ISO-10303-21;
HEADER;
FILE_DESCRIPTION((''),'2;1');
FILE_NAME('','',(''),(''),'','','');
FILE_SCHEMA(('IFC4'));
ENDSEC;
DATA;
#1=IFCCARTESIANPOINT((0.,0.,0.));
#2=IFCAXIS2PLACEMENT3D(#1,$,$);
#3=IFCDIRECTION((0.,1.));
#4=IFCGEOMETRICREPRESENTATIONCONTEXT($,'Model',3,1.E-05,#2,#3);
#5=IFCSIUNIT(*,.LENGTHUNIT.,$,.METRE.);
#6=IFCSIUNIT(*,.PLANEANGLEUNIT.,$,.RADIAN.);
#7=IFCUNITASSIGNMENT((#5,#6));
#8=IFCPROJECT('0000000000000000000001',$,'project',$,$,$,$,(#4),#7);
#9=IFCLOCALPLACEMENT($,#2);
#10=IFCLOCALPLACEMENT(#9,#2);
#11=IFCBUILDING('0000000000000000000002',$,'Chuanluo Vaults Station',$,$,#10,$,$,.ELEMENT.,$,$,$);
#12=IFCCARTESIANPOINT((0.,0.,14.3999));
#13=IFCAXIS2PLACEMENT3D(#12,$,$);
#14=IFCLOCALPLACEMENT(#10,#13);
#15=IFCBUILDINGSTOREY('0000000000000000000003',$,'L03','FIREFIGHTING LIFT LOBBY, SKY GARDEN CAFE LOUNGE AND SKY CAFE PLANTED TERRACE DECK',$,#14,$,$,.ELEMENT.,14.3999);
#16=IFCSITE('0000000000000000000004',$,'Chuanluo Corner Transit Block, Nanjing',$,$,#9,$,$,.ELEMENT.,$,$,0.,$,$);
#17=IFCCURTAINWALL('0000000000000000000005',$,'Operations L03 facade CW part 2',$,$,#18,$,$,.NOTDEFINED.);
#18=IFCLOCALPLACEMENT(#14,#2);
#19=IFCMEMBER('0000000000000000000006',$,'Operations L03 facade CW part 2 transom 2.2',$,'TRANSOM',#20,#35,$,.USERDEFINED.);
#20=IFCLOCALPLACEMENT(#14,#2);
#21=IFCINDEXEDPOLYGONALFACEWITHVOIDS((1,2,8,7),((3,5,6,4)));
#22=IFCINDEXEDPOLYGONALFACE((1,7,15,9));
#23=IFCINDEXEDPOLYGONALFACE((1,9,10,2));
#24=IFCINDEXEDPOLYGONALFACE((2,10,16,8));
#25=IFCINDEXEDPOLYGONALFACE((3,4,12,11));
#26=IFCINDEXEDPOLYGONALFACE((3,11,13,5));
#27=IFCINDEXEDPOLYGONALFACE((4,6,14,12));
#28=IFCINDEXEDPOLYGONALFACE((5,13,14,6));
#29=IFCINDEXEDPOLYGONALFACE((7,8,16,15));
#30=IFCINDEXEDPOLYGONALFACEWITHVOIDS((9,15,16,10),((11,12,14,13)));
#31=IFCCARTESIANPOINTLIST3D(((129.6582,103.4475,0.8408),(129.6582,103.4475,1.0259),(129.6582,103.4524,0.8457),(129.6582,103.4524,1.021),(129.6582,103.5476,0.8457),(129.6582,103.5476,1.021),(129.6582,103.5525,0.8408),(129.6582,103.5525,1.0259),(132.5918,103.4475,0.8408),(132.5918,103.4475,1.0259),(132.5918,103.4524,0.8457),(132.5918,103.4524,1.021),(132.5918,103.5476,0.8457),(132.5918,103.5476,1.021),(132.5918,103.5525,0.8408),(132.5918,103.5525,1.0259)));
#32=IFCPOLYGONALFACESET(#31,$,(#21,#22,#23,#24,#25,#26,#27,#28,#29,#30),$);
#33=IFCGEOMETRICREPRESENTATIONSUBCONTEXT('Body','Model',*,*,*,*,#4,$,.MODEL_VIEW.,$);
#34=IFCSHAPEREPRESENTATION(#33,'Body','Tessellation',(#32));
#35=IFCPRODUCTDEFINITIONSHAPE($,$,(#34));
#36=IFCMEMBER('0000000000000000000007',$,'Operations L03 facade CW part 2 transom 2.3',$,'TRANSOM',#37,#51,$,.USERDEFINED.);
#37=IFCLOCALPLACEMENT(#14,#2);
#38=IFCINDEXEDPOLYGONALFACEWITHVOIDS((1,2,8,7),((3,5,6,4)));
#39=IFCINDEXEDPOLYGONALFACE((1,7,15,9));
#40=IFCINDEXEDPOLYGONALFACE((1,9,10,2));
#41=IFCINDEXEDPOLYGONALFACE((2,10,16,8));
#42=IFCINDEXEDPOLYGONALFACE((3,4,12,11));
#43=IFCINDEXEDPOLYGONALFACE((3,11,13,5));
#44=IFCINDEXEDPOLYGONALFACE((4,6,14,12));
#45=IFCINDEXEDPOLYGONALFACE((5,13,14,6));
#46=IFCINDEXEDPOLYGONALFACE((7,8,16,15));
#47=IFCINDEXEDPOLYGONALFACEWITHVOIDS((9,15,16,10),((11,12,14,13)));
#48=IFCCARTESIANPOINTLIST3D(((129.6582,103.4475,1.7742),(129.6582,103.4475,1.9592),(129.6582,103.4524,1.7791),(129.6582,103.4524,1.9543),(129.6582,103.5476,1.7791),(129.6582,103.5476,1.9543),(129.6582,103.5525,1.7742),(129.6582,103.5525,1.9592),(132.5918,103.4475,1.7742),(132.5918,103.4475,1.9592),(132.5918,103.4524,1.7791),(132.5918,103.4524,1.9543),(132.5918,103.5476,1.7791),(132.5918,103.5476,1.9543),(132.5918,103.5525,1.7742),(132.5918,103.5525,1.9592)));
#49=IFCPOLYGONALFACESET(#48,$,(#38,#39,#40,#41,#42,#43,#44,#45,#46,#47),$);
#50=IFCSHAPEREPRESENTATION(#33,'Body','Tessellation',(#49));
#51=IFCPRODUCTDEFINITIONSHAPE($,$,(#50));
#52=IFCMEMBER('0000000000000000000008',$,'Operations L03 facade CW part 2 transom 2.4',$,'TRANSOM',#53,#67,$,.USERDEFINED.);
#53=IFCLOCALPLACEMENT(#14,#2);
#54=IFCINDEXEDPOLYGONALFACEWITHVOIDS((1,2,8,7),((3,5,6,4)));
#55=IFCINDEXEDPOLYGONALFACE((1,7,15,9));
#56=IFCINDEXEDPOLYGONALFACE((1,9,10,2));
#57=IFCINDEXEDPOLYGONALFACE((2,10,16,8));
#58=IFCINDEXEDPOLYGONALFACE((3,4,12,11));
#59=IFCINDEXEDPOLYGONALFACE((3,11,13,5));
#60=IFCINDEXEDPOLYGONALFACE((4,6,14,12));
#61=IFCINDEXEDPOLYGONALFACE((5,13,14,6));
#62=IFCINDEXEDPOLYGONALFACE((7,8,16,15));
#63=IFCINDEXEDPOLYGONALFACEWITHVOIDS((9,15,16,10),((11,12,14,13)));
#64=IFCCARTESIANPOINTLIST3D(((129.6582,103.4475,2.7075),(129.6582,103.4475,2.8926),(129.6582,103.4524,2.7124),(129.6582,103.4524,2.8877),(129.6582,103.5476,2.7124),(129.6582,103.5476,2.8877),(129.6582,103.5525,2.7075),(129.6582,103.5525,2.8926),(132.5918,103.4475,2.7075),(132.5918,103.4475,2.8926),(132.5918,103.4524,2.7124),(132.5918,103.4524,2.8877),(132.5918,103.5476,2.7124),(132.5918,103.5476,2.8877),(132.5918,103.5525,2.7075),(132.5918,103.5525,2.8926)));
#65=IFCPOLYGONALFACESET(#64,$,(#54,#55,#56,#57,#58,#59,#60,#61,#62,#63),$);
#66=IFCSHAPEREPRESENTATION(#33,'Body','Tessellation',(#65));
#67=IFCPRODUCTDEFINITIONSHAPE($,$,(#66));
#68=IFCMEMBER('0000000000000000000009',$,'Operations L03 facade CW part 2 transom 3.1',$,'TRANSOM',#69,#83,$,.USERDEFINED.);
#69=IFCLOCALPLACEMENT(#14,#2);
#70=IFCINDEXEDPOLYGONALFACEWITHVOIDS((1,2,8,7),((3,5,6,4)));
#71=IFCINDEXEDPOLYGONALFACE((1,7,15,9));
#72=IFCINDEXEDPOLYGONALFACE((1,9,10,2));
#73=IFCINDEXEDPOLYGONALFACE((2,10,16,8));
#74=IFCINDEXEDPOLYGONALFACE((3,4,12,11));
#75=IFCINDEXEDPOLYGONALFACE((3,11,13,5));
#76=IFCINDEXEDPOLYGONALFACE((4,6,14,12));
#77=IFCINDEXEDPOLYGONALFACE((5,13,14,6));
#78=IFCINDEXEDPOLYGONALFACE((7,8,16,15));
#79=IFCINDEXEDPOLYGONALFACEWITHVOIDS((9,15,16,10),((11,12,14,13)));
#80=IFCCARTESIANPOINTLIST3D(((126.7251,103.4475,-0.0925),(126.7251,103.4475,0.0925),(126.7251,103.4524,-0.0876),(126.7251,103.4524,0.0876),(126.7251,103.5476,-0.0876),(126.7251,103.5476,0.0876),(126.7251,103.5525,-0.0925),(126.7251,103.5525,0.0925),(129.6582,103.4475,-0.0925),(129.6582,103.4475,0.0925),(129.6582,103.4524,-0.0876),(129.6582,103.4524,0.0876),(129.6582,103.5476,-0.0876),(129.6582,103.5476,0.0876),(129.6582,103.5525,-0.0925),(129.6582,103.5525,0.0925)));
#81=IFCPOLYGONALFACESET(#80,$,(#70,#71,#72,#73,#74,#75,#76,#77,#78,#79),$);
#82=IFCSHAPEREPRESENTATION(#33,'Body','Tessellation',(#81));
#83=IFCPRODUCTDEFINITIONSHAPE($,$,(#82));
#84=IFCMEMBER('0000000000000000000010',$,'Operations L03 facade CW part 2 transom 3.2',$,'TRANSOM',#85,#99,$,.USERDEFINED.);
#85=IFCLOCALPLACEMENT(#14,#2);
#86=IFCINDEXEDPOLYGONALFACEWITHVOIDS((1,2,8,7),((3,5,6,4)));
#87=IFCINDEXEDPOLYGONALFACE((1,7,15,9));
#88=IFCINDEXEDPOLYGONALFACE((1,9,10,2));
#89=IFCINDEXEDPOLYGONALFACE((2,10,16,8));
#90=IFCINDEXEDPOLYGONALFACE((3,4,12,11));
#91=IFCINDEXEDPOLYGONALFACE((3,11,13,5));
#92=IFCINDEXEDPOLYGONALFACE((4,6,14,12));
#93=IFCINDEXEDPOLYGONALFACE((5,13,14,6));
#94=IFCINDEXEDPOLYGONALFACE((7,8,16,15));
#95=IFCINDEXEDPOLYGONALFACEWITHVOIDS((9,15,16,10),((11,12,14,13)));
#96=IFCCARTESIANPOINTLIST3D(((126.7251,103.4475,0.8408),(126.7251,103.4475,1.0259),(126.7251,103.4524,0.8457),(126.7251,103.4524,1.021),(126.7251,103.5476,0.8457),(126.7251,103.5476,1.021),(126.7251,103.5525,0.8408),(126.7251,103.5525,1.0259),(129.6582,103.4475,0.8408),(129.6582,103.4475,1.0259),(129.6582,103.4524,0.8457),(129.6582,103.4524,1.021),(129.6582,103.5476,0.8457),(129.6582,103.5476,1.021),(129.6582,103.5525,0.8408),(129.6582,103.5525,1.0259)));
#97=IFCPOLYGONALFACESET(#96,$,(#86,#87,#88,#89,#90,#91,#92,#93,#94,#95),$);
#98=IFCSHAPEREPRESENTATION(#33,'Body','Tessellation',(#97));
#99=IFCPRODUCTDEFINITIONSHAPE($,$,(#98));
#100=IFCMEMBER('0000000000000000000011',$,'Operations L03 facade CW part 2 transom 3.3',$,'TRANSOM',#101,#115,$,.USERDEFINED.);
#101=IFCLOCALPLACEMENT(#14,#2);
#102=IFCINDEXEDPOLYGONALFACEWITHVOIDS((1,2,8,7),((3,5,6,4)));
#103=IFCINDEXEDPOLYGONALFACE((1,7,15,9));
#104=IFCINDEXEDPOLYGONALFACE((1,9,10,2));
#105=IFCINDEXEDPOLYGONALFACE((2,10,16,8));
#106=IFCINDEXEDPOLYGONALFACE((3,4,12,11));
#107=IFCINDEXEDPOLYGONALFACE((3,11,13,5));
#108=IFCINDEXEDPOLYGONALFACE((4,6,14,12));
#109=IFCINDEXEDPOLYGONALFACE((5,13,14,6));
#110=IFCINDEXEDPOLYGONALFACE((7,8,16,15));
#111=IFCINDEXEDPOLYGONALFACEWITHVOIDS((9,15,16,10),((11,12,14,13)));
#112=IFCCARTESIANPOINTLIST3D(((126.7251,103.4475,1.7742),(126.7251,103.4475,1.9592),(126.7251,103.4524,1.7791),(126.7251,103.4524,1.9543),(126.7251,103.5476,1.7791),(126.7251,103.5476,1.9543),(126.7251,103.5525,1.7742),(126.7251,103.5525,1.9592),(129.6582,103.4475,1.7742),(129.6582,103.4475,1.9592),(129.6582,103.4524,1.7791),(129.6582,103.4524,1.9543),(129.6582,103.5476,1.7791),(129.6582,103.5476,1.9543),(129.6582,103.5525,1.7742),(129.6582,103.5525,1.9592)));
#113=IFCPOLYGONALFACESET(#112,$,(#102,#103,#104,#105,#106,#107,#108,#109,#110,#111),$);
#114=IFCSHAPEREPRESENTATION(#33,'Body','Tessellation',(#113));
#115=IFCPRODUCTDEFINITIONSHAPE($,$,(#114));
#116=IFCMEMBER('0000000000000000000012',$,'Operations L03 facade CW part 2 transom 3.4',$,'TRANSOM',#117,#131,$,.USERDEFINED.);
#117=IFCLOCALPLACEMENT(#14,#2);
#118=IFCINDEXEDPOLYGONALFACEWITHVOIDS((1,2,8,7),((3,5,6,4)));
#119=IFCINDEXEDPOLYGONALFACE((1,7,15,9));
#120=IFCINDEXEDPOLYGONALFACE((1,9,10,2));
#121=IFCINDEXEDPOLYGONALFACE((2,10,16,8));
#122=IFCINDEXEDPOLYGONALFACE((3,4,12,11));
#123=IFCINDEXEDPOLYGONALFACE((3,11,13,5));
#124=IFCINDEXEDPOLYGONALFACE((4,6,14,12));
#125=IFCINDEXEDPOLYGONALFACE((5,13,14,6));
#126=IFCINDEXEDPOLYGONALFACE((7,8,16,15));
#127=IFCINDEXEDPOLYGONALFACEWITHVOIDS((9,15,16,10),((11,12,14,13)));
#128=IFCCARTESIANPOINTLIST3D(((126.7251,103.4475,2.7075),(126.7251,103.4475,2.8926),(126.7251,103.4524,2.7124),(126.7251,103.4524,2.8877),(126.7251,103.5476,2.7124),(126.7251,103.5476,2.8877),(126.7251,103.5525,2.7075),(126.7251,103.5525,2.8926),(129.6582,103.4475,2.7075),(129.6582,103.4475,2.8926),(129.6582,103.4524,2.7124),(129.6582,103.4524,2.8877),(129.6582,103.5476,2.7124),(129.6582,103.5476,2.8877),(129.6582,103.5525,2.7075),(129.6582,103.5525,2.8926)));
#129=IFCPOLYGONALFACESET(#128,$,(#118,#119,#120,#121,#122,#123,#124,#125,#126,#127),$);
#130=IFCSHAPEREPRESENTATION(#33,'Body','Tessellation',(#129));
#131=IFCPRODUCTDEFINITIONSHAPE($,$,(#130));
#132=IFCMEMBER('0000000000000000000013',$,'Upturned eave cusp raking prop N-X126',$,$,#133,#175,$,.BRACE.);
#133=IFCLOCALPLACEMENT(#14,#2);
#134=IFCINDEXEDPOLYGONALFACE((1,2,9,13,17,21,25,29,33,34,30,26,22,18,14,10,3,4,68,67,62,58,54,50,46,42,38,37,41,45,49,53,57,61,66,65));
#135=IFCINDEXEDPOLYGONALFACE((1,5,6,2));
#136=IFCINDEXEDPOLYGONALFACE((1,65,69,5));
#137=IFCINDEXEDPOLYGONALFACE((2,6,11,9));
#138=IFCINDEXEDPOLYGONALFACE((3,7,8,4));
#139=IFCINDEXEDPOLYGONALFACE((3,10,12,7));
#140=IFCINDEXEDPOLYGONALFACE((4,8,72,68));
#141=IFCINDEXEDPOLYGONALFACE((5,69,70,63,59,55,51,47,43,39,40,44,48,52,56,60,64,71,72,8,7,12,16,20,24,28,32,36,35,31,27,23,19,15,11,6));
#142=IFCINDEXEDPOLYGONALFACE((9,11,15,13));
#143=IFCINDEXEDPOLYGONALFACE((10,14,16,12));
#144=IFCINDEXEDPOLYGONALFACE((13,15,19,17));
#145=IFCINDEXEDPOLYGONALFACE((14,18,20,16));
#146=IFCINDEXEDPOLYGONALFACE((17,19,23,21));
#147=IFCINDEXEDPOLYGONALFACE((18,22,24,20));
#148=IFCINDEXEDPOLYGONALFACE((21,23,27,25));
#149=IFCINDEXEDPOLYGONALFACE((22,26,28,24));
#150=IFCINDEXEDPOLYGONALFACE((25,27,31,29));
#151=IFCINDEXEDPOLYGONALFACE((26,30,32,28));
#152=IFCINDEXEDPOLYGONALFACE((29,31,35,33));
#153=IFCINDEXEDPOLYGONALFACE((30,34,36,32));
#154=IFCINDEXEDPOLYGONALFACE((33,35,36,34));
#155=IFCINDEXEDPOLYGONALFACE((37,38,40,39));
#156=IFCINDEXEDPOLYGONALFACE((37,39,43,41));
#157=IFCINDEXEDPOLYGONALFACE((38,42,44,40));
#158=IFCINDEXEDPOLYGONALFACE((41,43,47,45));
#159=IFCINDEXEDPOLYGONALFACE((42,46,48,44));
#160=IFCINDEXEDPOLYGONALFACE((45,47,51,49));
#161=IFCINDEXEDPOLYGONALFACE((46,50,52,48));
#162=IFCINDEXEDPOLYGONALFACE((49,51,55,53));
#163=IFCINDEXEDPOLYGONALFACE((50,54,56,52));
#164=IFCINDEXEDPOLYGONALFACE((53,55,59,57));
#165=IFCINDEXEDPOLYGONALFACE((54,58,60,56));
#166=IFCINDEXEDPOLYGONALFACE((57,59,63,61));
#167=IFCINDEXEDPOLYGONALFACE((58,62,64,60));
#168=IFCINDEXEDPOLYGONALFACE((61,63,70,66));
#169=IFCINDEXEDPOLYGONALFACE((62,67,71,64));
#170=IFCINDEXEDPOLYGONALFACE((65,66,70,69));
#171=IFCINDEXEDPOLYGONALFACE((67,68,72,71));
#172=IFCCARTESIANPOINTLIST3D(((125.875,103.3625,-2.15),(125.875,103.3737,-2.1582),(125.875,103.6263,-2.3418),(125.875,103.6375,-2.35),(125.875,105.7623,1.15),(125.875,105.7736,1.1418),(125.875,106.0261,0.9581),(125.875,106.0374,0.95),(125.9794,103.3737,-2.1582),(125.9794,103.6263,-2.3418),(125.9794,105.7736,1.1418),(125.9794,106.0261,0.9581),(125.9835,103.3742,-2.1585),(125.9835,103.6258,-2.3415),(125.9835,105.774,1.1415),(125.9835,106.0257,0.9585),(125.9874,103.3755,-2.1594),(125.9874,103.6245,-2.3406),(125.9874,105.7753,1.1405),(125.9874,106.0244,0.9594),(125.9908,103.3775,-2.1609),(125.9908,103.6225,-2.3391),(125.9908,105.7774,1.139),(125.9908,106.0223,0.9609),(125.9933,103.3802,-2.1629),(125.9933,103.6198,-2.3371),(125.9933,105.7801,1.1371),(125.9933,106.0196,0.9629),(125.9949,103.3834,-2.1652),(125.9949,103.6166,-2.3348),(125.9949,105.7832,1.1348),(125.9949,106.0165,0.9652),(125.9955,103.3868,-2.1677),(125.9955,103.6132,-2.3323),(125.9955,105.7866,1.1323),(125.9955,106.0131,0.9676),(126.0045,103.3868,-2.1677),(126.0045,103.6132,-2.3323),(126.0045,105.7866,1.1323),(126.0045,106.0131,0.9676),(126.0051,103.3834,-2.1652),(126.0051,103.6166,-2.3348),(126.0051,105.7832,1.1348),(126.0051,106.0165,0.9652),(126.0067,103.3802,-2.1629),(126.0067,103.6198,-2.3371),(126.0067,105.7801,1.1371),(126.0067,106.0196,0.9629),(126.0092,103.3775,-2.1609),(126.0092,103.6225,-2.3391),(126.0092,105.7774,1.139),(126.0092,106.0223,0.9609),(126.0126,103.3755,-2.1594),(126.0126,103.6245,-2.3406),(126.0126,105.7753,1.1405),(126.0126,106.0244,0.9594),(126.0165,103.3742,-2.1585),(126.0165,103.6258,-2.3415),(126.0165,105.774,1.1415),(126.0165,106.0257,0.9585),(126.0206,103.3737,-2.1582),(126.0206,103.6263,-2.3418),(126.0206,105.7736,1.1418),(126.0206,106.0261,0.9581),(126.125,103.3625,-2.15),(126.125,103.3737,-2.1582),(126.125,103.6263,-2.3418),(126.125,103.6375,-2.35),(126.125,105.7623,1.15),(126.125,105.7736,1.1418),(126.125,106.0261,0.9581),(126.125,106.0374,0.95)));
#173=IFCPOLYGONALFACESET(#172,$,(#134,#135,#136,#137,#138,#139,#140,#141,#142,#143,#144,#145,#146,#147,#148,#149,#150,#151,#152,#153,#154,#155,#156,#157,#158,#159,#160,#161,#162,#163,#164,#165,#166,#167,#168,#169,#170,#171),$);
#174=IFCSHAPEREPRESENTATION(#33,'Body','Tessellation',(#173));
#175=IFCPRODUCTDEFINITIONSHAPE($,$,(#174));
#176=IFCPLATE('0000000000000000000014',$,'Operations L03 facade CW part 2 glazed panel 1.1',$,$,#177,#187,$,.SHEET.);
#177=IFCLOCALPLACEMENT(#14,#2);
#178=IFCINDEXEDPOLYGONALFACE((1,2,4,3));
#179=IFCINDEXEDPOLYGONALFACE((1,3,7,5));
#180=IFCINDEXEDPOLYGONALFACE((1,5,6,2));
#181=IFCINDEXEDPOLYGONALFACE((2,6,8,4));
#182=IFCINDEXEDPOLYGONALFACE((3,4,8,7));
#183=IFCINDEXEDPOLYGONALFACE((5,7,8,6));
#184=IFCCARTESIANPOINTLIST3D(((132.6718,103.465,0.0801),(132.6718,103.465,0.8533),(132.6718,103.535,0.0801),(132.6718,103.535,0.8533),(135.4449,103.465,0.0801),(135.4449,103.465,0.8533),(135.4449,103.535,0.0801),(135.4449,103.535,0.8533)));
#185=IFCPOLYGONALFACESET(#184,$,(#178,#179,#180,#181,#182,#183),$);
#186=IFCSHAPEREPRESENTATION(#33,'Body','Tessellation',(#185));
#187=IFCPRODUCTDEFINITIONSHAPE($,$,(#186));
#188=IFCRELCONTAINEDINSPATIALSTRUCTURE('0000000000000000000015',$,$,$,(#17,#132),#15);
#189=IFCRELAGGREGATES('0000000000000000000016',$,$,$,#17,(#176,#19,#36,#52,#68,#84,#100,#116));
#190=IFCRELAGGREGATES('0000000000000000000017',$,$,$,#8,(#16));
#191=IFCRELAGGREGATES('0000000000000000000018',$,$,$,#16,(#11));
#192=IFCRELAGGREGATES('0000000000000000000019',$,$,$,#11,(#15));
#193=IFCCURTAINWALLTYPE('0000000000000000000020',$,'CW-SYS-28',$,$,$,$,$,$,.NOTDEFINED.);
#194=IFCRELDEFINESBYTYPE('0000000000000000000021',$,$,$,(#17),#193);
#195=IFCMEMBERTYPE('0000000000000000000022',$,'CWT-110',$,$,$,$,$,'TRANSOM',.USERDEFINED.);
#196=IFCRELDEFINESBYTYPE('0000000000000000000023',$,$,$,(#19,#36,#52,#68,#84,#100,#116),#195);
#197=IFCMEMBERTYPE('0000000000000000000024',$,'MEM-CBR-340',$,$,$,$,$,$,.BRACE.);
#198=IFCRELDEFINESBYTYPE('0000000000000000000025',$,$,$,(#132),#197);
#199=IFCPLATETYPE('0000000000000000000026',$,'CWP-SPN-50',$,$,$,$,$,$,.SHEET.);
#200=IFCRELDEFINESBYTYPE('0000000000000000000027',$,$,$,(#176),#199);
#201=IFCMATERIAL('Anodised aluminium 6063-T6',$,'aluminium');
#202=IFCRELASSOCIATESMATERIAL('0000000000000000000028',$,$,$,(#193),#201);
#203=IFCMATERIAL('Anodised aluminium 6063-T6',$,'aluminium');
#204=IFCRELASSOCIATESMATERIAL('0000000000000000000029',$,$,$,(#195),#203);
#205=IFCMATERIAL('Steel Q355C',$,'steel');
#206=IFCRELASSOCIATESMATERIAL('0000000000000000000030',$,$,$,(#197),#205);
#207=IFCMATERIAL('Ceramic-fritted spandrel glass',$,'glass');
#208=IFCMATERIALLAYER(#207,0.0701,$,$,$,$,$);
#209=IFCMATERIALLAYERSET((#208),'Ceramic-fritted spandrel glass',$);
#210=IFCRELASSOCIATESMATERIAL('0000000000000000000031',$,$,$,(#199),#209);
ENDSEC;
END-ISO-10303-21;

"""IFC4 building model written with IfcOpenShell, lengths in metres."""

from ifc_helpers import new_model, si_unit, direction, frame, origin, origin_2d, place, context, subcontext, project, spatial, rectangle, hollow_rectangle, i_section, extrude, material, layer, layer_set, material_profile, profile_set, type_object, element, aggregate, save


model = new_model("IFC4")

# Units and contexts
model_context = context("Model", 3, precision=1e-05, world=origin(), true_north=direction((0.0, 1.0)))
body_context = subcontext(model_context, "Body", "Model", "MODEL_VIEW")
ifc_project = project(units=[si_unit("LENGTHUNIT", "METRE"), si_unit("PLANEANGLEUNIT", "RADIAN")], contexts=[model_context])

# Site, building, storey
site_placement = place(None, origin())
site = spatial("IfcSite", under=ifc_project, at=site_placement, Name="Chuanluo Corner Transit Block, Nanjing", CompositionType="ELEMENT", RefElevation=0.0)
building_placement = place(site_placement, origin())
building = spatial("IfcBuilding", under=site, at=building_placement, Name="Chuanluo Vaults Station", CompositionType="ELEMENT")
storey_placement = place(building_placement, frame((0.0, 0.0, 14.3999)))
storey = spatial("IfcBuildingStorey", under=building, at=storey_placement, Name="L03", Description="FIREFIGHTING LIFT LOBBY, SKY GARDEN CAFE LOUNGE AND SKY CAFE PLANTED TERRACE DECK", CompositionType="ELEMENT", Elevation=14.3999)

# Curtain wall, members
ifc_material_1 = material(Name="Anodised aluminium 6063-T6", Category="aluminium")
curtain_wall_type = type_object("IfcCurtainWallType", Name="CW-SYS-28", PredefinedType="NOTDEFINED", material=ifc_material_1)
curtain_wall_placement = place(storey_placement, origin())
curtain_wall = element("IfcCurtainWall", 1, at=curtain_wall_placement, inside=storey, type_object=curtain_wall_type, Name="Operations L03 facade CW part 2", PredefinedType="NOTDEFINED")
ifc_material_2 = material(Name="Anodised aluminium 6063-T6", Category="aluminium")
ifc_material_profile_1 = material_profile(ifc_material_2, hollow_rectangle(XDim=0.105, YDim=0.1851, WallThickness=0.0049, at=origin_2d()))
ifc_profile_set_1 = profile_set([ifc_material_profile_1], Name="Anodised aluminium 6063-T6")
member_type_1 = type_object("IfcMemberType", Name="CWT-110", ElementType="TRANSOM", PredefinedType="USERDEFINED", material=ifc_profile_set_1)
member_1_placement = place(storey_placement, frame((132.5918, 103.5, 0.9333), z_axis=(-1.0, 0.0, 0.0), x_axis=(0.0, -1.0, 0.0)))
member_1 = element("IfcMember", 2, at=member_1_placement, type_object=member_type_1, Name="Operations L03 facade CW part 2 transom 2.2", ObjectType="TRANSOM", PredefinedType="USERDEFINED", context=body_context, shape_type="SweptSolid", body=[
    extrude(hollow_rectangle(XDim=0.105, YDim=0.1851, WallThickness=0.0049, at=origin_2d()), origin(), (0.0, 0.0, 1.0), 2.9336),
])
member_2_placement = place(storey_placement, frame((132.5918, 103.5, 1.8667), z_axis=(-1.0, 0.0, 0.0), x_axis=(0.0, -1.0, 0.0)))
member_2 = element("IfcMember", 3, at=member_2_placement, type_object=member_type_1, Name="Operations L03 facade CW part 2 transom 2.3", ObjectType="TRANSOM", PredefinedType="USERDEFINED", context=body_context, shape_type="SweptSolid", body=[
    extrude(hollow_rectangle(XDim=0.105, YDim=0.1851, WallThickness=0.0049, at=origin_2d()), origin(), (0.0, 0.0, 1.0), 2.9336),
])
member_3_placement = place(storey_placement, frame((132.5918, 103.5, 2.8), z_axis=(-1.0, 0.0, 0.0), x_axis=(0.0, -1.0, 0.0)))
member_3 = element("IfcMember", 4, at=member_3_placement, type_object=member_type_1, Name="Operations L03 facade CW part 2 transom 2.4", ObjectType="TRANSOM", PredefinedType="USERDEFINED", context=body_context, shape_type="SweptSolid", body=[
    extrude(hollow_rectangle(XDim=0.105, YDim=0.1851, WallThickness=0.0049, at=origin_2d()), origin(), (0.0, 0.0, 1.0), 2.9336),
])
member_4_placement = place(storey_placement, frame((129.6582, 103.5, 0.0), z_axis=(-1.0, 0.0, 0.0), x_axis=(0.0, -1.0, 0.0)))
member_4 = element("IfcMember", 5, at=member_4_placement, type_object=member_type_1, Name="Operations L03 facade CW part 2 transom 3.1", ObjectType="TRANSOM", PredefinedType="USERDEFINED", context=body_context, shape_type="SweptSolid", body=[
    extrude(hollow_rectangle(XDim=0.105, YDim=0.1851, WallThickness=0.0049, at=origin_2d()), origin(), (0.0, 0.0, 1.0), 2.9331),
])
member_5_placement = place(storey_placement, frame((129.6582, 103.5, 0.9333), z_axis=(-1.0, 0.0, 0.0), x_axis=(0.0, -1.0, 0.0)))
member_5 = element("IfcMember", 6, at=member_5_placement, type_object=member_type_1, Name="Operations L03 facade CW part 2 transom 3.2", ObjectType="TRANSOM", PredefinedType="USERDEFINED", context=body_context, shape_type="SweptSolid", body=[
    extrude(hollow_rectangle(XDim=0.105, YDim=0.1851, WallThickness=0.0049, at=origin_2d()), origin(), (0.0, 0.0, 1.0), 2.9331),
])
member_6_placement = place(storey_placement, frame((129.6582, 103.5, 1.8667), z_axis=(-1.0, 0.0, 0.0), x_axis=(0.0, -1.0, 0.0)))
member_6 = element("IfcMember", 7, at=member_6_placement, type_object=member_type_1, Name="Operations L03 facade CW part 2 transom 3.3", ObjectType="TRANSOM", PredefinedType="USERDEFINED", context=body_context, shape_type="SweptSolid", body=[
    extrude(hollow_rectangle(XDim=0.105, YDim=0.1851, WallThickness=0.0049, at=origin_2d()), origin(), (0.0, 0.0, 1.0), 2.9331),
])
member_7_placement = place(storey_placement, frame((129.6582, 103.5, 2.8), z_axis=(-1.0, 0.0, 0.0), x_axis=(0.0, -1.0, 0.0)))
member_7 = element("IfcMember", 8, at=member_7_placement, type_object=member_type_1, Name="Operations L03 facade CW part 2 transom 3.4", ObjectType="TRANSOM", PredefinedType="USERDEFINED", context=body_context, shape_type="SweptSolid", body=[
    extrude(hollow_rectangle(XDim=0.105, YDim=0.1851, WallThickness=0.0049, at=origin_2d()), origin(), (0.0, 0.0, 1.0), 2.9331),
])

# Member
ifc_material_3 = material(Name="Steel Q355C", Category="steel")
ifc_material_profile_2 = material_profile(ifc_material_3, i_section(OverallWidth=0.25, OverallDepth=0.3401, WebThickness=0.009, FlangeThickness=0.0139, FilletRadius=0.0161, at=origin_2d()))
ifc_profile_set_2 = profile_set([ifc_material_profile_2], Name="Steel Q355C")
member_type_2 = type_object("IfcMemberType", Name="MEM-CBR-340", PredefinedType="BRACE", material=ifc_profile_set_2)
member_8_placement = place(storey_placement, frame((126.0, 103.5, -2.25), z_axis=(0.0, 0.58815, 0.808752), x_axis=(-1.0, 0.0, 0.0)))
element("IfcMember", 9, at=member_8_placement, inside=storey, type_object=member_type_2, Name="Upturned eave cusp raking prop N-X126", PredefinedType="BRACE", context=body_context, shape_type="SweptSolid", body=[
    extrude(i_section(OverallWidth=0.25, OverallDepth=0.3401, WebThickness=0.009, FlangeThickness=0.0139, FilletRadius=0.0161, at=origin_2d()), origin(), (0.0, 0.0, 1.0), 4.0803),
])

# Plate
ifc_material_4 = material(Name="Ceramic-fritted spandrel glass", Category="glass")
ifc_layer_1 = layer(ifc_material_4, 0.0701)
ifc_layer_set_1 = layer_set([ifc_layer_1], Name="Ceramic-fritted spandrel glass")
plate_type_1 = type_object("IfcPlateType", Name="CWP-SPN-50", PredefinedType="SHEET", material=ifc_layer_set_1)
plate_1_placement = place(storey_placement, frame((134.0583, 103.5, 0.0801), z_axis=(0.0, 0.0, 1.0), x_axis=(-1.0, 0.0, 0.0)))
plate_1 = element("IfcPlate", 10, at=plate_1_placement, type_object=plate_type_1, Name="Operations L03 facade CW part 2 glazed panel 1.1", PredefinedType="SHEET", context=body_context, shape_type="SweptSolid", body=[
    extrude(rectangle(XDim=2.7732, YDim=0.0701, at=origin_2d()), origin(), (0.0, 0.0, 1.0), 0.7732),
])
aggregate(curtain_wall, [plate_1, member_1, member_2, member_3, member_4, member_5, member_6, member_7])

save(model, "model.ifc")
